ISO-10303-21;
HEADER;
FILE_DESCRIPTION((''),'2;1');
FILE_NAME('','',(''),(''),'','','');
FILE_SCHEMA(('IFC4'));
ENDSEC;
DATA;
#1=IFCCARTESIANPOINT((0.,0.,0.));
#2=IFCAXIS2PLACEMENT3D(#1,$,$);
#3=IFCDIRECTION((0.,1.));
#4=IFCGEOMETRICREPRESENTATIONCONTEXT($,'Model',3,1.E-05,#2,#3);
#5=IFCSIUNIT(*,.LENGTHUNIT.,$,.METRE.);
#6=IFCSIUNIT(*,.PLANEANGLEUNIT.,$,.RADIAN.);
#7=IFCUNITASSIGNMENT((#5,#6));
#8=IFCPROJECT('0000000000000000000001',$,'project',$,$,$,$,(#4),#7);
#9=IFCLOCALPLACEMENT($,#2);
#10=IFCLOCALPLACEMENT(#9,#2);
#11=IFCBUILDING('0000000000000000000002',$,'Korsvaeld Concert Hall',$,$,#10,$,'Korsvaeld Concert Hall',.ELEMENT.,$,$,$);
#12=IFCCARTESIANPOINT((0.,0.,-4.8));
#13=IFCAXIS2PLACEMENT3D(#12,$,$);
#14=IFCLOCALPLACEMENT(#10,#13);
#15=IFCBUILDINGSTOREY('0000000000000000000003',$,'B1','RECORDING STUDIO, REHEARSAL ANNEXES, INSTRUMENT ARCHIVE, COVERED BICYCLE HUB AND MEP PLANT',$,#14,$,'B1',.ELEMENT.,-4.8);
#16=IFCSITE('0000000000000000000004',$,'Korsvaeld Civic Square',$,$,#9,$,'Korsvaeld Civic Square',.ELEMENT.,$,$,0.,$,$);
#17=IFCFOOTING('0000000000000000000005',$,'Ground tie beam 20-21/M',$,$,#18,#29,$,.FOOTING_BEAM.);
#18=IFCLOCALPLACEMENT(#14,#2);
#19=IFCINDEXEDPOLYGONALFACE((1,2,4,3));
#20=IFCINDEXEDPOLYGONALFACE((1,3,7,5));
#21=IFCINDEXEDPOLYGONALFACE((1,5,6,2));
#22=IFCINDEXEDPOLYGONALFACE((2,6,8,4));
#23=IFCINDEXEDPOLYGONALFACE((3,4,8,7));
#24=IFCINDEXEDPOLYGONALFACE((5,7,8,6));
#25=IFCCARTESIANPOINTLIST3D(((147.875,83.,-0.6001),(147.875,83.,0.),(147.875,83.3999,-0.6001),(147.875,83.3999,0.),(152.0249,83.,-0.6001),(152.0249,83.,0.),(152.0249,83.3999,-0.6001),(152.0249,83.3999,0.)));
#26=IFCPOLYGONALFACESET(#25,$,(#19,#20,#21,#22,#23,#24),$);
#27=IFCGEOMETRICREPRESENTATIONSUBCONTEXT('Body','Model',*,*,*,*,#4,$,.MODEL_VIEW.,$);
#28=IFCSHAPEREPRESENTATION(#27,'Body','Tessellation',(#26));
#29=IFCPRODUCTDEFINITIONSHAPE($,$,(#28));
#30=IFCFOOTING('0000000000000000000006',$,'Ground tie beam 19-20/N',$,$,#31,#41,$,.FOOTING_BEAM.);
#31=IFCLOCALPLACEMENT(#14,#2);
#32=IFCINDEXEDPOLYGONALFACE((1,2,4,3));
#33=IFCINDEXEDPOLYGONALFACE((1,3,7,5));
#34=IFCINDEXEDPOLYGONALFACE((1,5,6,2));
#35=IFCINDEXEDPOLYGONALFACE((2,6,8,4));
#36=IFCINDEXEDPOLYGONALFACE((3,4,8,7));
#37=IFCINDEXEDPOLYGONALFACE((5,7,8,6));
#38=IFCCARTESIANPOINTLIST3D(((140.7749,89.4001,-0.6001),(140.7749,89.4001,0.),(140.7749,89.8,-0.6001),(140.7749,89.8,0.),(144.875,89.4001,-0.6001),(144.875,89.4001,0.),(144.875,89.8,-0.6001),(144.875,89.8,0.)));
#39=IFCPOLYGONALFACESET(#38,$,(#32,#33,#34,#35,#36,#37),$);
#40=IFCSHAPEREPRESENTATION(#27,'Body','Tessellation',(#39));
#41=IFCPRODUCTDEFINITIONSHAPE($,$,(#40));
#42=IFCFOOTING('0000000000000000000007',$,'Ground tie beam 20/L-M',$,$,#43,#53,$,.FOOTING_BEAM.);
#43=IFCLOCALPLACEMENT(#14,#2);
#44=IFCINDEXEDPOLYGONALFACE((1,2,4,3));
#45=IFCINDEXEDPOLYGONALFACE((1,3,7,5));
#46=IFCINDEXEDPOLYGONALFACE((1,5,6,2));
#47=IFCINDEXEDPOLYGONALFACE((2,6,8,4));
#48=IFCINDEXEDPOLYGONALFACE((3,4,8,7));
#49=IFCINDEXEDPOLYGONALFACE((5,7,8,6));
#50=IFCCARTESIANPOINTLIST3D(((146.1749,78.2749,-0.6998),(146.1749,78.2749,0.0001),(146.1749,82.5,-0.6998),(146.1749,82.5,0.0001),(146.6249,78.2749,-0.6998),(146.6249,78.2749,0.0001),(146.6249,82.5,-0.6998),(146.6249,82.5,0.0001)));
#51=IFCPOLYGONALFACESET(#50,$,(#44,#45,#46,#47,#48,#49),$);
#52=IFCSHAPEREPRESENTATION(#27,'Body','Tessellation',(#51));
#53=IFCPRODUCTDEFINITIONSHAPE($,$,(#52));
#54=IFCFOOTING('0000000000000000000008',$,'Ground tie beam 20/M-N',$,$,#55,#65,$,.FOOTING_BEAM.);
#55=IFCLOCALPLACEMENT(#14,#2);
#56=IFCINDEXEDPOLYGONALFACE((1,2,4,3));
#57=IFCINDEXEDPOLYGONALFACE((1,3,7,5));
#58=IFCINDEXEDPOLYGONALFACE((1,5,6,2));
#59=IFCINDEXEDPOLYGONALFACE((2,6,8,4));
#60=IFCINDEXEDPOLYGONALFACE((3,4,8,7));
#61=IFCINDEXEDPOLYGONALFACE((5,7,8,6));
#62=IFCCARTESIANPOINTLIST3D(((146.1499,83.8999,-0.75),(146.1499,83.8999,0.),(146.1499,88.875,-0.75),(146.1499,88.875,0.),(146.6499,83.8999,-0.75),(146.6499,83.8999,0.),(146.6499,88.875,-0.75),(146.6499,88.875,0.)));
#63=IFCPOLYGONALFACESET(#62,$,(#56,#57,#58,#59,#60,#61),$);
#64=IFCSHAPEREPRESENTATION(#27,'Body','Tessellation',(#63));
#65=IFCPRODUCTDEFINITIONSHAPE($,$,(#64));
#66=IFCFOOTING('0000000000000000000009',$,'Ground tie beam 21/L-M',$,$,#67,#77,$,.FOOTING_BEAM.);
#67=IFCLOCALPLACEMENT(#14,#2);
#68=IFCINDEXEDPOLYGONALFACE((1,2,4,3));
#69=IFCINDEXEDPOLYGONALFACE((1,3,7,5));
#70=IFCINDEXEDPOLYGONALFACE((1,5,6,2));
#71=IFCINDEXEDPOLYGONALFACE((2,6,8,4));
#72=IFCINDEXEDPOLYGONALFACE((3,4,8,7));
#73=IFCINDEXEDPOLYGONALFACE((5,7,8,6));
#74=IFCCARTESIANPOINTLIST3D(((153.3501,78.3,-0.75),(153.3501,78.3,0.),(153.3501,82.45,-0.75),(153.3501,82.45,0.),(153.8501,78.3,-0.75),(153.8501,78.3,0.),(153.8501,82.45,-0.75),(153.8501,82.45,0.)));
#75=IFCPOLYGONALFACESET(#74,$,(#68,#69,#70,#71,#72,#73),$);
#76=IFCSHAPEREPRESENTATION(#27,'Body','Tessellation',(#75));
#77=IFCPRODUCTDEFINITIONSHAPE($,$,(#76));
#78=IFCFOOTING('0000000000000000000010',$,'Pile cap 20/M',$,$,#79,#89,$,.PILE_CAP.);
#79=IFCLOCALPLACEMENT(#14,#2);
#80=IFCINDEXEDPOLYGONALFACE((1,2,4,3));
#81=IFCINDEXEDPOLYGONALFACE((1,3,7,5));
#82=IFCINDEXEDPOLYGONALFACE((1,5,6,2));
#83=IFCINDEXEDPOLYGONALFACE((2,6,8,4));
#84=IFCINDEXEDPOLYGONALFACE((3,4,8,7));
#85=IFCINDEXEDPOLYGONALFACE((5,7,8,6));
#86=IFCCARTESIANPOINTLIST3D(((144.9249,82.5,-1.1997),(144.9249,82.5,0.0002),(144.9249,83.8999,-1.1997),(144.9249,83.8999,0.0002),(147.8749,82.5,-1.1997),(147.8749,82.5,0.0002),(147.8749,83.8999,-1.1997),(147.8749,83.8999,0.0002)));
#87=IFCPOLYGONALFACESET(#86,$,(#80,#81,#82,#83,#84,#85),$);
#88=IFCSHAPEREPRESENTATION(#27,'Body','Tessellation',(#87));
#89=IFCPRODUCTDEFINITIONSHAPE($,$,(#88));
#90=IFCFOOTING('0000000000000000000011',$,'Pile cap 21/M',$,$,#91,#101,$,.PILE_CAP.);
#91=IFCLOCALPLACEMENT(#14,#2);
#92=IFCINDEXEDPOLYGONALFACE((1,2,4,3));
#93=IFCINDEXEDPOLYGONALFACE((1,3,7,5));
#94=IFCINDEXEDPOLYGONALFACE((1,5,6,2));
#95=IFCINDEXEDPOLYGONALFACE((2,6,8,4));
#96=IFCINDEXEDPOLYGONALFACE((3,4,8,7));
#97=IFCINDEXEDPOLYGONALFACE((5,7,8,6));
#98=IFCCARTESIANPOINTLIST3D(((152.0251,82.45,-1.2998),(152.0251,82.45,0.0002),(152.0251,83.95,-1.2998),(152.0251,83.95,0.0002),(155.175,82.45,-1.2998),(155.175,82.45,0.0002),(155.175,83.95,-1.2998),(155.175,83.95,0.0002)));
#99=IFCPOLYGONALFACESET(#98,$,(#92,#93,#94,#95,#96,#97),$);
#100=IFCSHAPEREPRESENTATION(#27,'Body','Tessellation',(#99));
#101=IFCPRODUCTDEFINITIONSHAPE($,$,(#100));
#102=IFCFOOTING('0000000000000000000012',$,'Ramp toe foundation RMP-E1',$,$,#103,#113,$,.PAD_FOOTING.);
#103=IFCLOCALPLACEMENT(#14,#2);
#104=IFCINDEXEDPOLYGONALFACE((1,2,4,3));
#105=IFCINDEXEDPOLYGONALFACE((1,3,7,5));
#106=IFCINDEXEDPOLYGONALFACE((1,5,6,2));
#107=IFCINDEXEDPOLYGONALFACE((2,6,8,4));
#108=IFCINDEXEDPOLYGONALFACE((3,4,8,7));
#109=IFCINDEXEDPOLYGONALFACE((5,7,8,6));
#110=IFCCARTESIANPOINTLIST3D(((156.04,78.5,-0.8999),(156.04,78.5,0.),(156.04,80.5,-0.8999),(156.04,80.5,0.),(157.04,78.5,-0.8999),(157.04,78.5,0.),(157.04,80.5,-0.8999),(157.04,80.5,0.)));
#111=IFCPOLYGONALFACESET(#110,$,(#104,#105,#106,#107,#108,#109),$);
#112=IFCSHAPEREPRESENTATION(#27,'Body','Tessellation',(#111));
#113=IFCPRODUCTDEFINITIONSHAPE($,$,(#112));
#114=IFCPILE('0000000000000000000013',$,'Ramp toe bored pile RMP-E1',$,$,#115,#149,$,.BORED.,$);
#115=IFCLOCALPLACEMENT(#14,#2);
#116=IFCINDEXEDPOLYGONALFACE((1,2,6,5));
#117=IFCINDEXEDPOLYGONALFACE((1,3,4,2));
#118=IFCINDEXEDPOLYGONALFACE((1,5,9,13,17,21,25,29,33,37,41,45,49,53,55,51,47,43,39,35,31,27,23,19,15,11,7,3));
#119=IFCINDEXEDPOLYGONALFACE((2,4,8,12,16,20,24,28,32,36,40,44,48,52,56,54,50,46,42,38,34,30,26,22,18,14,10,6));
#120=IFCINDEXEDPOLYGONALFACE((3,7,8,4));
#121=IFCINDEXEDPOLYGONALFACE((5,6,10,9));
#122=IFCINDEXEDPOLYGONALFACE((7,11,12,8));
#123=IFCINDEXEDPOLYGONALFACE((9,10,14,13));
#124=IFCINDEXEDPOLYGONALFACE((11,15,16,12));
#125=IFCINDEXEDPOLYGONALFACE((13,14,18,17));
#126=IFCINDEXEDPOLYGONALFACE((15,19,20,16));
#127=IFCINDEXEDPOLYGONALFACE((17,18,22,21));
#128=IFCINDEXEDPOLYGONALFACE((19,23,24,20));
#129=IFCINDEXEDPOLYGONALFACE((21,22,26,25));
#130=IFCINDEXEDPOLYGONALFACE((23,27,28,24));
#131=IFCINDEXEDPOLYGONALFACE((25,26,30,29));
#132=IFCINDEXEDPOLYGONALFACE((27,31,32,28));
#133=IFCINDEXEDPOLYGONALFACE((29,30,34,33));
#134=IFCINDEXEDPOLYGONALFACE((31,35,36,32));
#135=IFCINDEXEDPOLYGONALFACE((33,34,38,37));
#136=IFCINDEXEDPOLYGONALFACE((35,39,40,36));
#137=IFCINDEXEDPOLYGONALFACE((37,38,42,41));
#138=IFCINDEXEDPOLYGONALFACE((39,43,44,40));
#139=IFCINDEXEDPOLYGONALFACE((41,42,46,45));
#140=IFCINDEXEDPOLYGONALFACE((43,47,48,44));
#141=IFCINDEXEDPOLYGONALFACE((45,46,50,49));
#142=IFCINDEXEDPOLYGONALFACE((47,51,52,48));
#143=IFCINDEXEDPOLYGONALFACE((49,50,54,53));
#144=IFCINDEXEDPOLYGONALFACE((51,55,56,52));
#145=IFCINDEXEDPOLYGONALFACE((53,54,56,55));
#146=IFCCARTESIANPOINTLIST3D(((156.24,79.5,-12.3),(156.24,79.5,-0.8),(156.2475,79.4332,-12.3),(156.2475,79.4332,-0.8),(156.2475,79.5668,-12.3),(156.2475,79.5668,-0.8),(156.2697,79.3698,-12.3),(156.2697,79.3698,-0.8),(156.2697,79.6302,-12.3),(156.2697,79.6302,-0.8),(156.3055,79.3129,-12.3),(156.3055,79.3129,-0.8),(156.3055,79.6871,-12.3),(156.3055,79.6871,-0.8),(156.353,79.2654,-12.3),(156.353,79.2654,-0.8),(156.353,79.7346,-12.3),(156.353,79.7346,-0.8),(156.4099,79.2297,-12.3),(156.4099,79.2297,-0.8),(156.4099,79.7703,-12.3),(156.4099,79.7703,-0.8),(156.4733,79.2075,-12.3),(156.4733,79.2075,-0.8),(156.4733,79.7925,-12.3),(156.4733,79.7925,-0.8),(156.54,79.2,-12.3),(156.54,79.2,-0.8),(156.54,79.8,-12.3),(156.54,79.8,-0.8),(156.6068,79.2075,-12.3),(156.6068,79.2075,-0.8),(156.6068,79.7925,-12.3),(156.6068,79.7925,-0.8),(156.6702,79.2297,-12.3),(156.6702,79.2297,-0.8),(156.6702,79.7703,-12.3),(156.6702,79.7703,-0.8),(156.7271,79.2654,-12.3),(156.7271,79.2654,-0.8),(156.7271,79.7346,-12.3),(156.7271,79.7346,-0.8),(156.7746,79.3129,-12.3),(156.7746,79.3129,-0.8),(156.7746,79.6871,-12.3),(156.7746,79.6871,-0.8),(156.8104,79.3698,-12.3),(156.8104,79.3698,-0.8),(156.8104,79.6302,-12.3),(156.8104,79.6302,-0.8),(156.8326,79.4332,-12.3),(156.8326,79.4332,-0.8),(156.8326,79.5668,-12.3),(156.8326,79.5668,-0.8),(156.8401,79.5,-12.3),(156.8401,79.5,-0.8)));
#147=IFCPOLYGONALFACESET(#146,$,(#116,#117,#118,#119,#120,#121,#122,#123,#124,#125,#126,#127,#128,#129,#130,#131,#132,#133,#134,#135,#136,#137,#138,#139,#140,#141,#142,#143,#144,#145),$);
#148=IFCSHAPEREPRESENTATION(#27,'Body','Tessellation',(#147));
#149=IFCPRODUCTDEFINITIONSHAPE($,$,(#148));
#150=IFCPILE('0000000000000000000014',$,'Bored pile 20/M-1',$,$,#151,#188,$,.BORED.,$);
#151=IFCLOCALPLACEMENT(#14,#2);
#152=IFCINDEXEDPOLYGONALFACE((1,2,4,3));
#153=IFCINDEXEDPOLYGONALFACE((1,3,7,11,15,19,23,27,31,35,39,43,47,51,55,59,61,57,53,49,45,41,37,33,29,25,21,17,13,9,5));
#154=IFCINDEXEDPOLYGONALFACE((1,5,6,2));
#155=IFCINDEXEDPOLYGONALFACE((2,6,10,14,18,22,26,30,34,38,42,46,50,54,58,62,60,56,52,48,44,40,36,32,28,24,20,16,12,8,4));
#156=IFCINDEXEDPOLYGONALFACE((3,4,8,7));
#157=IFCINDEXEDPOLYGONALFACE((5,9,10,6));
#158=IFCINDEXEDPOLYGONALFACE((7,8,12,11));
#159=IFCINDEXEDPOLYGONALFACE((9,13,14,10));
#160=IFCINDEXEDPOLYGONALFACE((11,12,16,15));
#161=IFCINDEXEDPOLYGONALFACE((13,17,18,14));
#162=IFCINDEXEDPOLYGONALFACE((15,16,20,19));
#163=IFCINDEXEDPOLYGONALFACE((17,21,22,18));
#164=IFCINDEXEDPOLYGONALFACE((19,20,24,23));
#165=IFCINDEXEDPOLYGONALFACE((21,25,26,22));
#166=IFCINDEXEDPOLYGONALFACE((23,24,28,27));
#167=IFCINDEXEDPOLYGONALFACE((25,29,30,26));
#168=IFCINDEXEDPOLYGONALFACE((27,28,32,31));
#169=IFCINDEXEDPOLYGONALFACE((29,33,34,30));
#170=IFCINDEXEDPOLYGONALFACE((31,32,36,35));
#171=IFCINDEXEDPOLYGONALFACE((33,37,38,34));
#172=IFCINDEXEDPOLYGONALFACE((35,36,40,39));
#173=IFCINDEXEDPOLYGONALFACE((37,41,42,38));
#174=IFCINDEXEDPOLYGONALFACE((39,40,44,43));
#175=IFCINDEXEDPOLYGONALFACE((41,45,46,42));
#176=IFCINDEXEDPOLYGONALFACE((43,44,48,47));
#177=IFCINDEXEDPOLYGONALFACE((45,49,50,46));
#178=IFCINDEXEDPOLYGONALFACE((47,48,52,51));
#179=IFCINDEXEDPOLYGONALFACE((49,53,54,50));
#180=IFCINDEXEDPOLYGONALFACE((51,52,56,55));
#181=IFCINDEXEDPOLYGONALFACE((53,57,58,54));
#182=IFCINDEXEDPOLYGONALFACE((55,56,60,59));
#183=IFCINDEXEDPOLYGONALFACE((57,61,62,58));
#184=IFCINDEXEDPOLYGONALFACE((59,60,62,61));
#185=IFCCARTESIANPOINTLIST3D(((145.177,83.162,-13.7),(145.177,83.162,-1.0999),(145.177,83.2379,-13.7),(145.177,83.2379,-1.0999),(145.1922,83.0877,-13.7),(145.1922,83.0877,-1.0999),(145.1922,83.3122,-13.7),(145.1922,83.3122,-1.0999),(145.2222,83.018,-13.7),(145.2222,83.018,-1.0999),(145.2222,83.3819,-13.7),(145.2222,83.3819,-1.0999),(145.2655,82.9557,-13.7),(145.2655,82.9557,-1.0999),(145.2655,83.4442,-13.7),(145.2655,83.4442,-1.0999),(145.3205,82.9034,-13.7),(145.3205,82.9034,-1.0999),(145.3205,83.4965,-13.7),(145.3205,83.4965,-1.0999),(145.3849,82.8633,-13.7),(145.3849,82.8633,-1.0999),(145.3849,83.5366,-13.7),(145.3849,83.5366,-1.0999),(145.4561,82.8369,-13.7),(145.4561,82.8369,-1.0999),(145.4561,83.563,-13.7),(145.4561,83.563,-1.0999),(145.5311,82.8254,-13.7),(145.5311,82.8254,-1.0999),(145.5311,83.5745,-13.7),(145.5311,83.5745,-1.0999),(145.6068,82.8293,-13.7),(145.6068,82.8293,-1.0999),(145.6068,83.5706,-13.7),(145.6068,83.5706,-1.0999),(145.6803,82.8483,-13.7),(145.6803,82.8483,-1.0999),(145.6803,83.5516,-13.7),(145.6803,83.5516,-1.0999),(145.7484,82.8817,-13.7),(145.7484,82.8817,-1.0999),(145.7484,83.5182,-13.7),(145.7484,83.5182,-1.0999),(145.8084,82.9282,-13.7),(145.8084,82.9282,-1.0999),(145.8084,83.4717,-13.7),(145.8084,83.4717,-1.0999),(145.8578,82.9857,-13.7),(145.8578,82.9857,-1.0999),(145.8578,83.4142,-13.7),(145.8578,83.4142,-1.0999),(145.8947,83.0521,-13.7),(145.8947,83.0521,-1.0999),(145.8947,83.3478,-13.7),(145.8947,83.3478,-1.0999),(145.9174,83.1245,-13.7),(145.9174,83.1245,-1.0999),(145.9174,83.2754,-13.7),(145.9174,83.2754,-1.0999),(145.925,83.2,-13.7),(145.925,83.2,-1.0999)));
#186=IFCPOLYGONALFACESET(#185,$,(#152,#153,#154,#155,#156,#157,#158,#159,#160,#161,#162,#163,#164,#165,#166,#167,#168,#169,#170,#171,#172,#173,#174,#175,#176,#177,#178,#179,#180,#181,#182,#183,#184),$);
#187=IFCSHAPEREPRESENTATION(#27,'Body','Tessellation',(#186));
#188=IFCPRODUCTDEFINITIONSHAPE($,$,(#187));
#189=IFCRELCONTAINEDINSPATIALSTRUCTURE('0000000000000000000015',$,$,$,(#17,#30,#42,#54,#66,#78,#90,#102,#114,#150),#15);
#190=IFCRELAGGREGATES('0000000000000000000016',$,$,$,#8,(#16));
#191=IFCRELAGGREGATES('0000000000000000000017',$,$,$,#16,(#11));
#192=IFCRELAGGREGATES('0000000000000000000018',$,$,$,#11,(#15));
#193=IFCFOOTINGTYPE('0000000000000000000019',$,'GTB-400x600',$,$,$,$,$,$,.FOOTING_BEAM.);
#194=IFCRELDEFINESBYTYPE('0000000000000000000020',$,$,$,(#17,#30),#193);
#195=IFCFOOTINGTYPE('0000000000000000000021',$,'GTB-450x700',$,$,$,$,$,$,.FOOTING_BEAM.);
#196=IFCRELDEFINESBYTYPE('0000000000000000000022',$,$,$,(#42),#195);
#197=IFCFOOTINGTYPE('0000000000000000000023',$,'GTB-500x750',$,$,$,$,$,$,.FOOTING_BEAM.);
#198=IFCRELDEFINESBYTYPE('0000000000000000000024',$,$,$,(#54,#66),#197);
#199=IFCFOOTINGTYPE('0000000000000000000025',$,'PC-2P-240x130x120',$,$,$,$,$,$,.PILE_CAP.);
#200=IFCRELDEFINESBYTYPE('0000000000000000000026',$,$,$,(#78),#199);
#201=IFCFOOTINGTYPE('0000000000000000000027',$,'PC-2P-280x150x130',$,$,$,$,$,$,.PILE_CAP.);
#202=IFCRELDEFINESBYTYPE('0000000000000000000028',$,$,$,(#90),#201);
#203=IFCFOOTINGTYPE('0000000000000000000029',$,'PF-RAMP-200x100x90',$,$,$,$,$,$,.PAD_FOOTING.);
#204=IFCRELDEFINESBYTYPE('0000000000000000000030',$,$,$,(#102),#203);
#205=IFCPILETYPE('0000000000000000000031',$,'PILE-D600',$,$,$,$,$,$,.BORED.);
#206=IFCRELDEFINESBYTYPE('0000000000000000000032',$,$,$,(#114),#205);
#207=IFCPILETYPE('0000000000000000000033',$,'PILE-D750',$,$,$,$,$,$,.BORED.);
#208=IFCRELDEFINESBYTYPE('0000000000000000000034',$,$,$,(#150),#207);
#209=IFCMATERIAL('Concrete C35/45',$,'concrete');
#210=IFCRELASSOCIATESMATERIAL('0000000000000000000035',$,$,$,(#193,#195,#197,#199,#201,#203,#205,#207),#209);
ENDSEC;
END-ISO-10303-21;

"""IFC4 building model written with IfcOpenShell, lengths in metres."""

from ifc_helpers import new_model, si_unit, direction, frame, origin, origin_2d, place, context, subcontext, project, spatial, rectangle, circle, extrude, material, material_profile, profile_set, type_object, element, save


model = new_model("IFC4")

# Units and contexts
model_context = context("Model", 3, precision=1e-05, world=origin(), true_north=direction((0.0, 1.0)))
body_context = subcontext(model_context, "Body", "Model", "MODEL_VIEW")
ifc_project = project(units=[si_unit("LENGTHUNIT", "METRE"), si_unit("PLANEANGLEUNIT", "RADIAN")], contexts=[model_context])

# Site, building, storey
site_placement = place(None, origin())
site = spatial("IfcSite", under=ifc_project, at=site_placement, Name="Korsvaeld Civic Square", LongName="Korsvaeld Civic Square", CompositionType="ELEMENT", RefElevation=0.0)
building_placement = place(site_placement, origin())
building = spatial("IfcBuilding", under=site, at=building_placement, Name="Korsvaeld Concert Hall", LongName="Korsvaeld Concert Hall", CompositionType="ELEMENT")
storey_placement = place(building_placement, frame((0.0, 0.0, -4.8)))
storey = spatial("IfcBuildingStorey", under=building, at=storey_placement, Name="B1", Description="RECORDING STUDIO, REHEARSAL ANNEXES, INSTRUMENT ARCHIVE, COVERED BICYCLE HUB AND MEP PLANT", LongName="B1", CompositionType="ELEMENT", Elevation=-4.8)

# Footings
ifc_material_1 = material(Name="Concrete C35/45", Category="concrete")
ifc_material_profile_1 = material_profile(ifc_material_1, rectangle(XDim=0.3999, YDim=0.6001, at=origin_2d()), Name="GTB 400x600")
ifc_profile_set_1 = profile_set([ifc_material_profile_1], Name="Concrete C35/45")
footing_type_1 = type_object("IfcFootingType", Name="GTB-400x600", PredefinedType="FOOTING_BEAM", material=ifc_profile_set_1)
footing_1_placement = place(storey_placement, frame((147.875, 83.2, -0.3), z_axis=(1.0, 0.0, 0.0), x_axis=(0.0, 1.0, 0.0)))
element("IfcFooting", 1, at=footing_1_placement, inside=storey, type_object=footing_type_1, Name="Ground tie beam 20-21/M", PredefinedType="FOOTING_BEAM", context=body_context, shape_type="SweptSolid", body=[
    extrude(rectangle(XDim=0.3999, YDim=0.6001, at=origin_2d()), origin(), (0.0, 0.0, 1.0), 4.1499),
])
footing_2_placement = place(storey_placement, frame((140.7749, 89.6001, -0.3), z_axis=(1.0, 0.0, 0.0), x_axis=(0.0, 1.0, 0.0)))
element("IfcFooting", 2, at=footing_2_placement, inside=storey, type_object=footing_type_1, Name="Ground tie beam 19-20/N", PredefinedType="FOOTING_BEAM", context=body_context, shape_type="SweptSolid", body=[
    extrude(rectangle(XDim=0.3999, YDim=0.6001, at=origin_2d()), origin(), (0.0, 0.0, 1.0), 4.1001),
])
ifc_material_profile_2 = material_profile(ifc_material_1, rectangle(XDim=0.45, YDim=0.7, at=origin_2d()), Name="GTB 450x700")
ifc_profile_set_2 = profile_set([ifc_material_profile_2], Name="Concrete C35/45")
footing_type_2 = type_object("IfcFootingType", Name="GTB-450x700", PredefinedType="FOOTING_BEAM", material=ifc_profile_set_2)
footing_3_placement = place(storey_placement, frame((146.3999, 78.2749, -0.3499), z_axis=(0.0, 1.0, 0.0), x_axis=(-1.0, 0.0, 0.0)))
element("IfcFooting", 3, at=footing_3_placement, inside=storey, type_object=footing_type_2, Name="Ground tie beam 20/L-M", PredefinedType="FOOTING_BEAM", context=body_context, shape_type="SweptSolid", body=[
    extrude(rectangle(XDim=0.45, YDim=0.7, at=origin_2d()), origin(), (0.0, 0.0, 1.0), 4.2251),
])
ifc_material_profile_3 = material_profile(ifc_material_1, rectangle(XDim=0.5, YDim=0.75, at=origin_2d()), Name="GTB 500x750")
ifc_profile_set_3 = profile_set([ifc_material_profile_3], Name="Concrete C35/45")
footing_type_3 = type_object("IfcFootingType", Name="GTB-500x750", PredefinedType="FOOTING_BEAM", material=ifc_profile_set_3)
footing_4_placement = place(storey_placement, frame((146.3999, 83.8999, -0.375), z_axis=(0.0, 1.0, 0.0), x_axis=(-1.0, 0.0, 0.0)))
element("IfcFooting", 4, at=footing_4_placement, inside=storey, type_object=footing_type_3, Name="Ground tie beam 20/M-N", PredefinedType="FOOTING_BEAM", context=body_context, shape_type="SweptSolid", body=[
    extrude(rectangle(XDim=0.5, YDim=0.75, at=origin_2d()), origin(), (0.0, 0.0, 1.0), 4.9751),
])
footing_5_placement = place(storey_placement, frame((153.6001, 78.3, -0.375), z_axis=(0.0, 1.0, 0.0), x_axis=(-1.0, 0.0, 0.0)))
element("IfcFooting", 5, at=footing_5_placement, inside=storey, type_object=footing_type_3, Name="Ground tie beam 21/L-M", PredefinedType="FOOTING_BEAM", context=body_context, shape_type="SweptSolid", body=[
    extrude(rectangle(XDim=0.5, YDim=0.75, at=origin_2d()), origin(), (0.0, 0.0, 1.0), 4.1499),
])
footing_type_4 = type_object("IfcFootingType", Name="PC-2P-240x130x120", PredefinedType="PILE_CAP", material=ifc_material_1)
footing_6_placement = place(storey_placement, frame((146.3999, 83.2, -1.1997), z_axis=(0.0, 0.0, 1.0), x_axis=(1.0, 0.0, 0.0)))
element("IfcFooting", 6, at=footing_6_placement, inside=storey, type_object=footing_type_4, Name="Pile cap 20/M", PredefinedType="PILE_CAP", context=body_context, shape_type="SweptSolid", body=[
    extrude(rectangle(XDim=2.95, YDim=1.3999, at=origin_2d()), origin(), (0.0, 0.0, 1.0), 1.2),
])
footing_type_5 = type_object("IfcFootingType", Name="PC-2P-280x150x130", PredefinedType="PILE_CAP", material=ifc_material_1)
footing_7_placement = place(storey_placement, frame((153.6001, 83.2, -1.2998), z_axis=(0.0, 0.0, 1.0), x_axis=(1.0, 0.0, 0.0)))
element("IfcFooting", 7, at=footing_7_placement, inside=storey, type_object=footing_type_5, Name="Pile cap 21/M", PredefinedType="PILE_CAP", context=body_context, shape_type="SweptSolid", body=[
    extrude(rectangle(XDim=3.1499, YDim=1.5, at=origin_2d()), origin(), (0.0, 0.0, 1.0), 1.3),
])
footing_type_6 = type_object("IfcFootingType", Name="PF-RAMP-200x100x90", PredefinedType="PAD_FOOTING", material=ifc_material_1)
footing_8_placement = place(storey_placement, frame((156.54, 79.5, -0.8999), z_axis=(0.0, 0.0, 1.0), x_axis=(0.0, 1.0, 0.0)))
element("IfcFooting", 8, at=footing_8_placement, inside=storey, type_object=footing_type_6, Name="Ramp toe foundation RMP-E1", PredefinedType="PAD_FOOTING", context=body_context, shape_type="SweptSolid", body=[
    extrude(rectangle(XDim=2.0, YDim=1.0, at=origin_2d()), origin(), (0.0, 0.0, 1.0), 0.8999),
])

# Piles
ifc_material_profile_4 = material_profile(ifc_material_1, circle(Radius=0.3, at=origin_2d()), Name="BORED PILE D600")
ifc_profile_set_4 = profile_set([ifc_material_profile_4], Name="Concrete C35/45")
pile_type_1 = type_object("IfcPileType", Name="PILE-D600", PredefinedType="BORED", material=ifc_profile_set_4)
pile_1_placement = place(storey_placement, frame((156.54, 79.5, -0.8), z_axis=(0.0, 0.0, -1.0), x_axis=(1.0, 0.0, 0.0)))
element("IfcPile", 9, at=pile_1_placement, inside=storey, type_object=pile_type_1, Name="Ramp toe bored pile RMP-E1", PredefinedType="BORED", context=body_context, shape_type="SweptSolid", body=[
    extrude(circle(Radius=0.3, at=origin_2d()), origin(), (0.0, 0.0, 1.0), 11.5),
])
ifc_material_profile_5 = material_profile(ifc_material_1, circle(Radius=0.375, at=origin_2d()), Name="BORED PILE D750")
ifc_profile_set_5 = profile_set([ifc_material_profile_5], Name="Concrete C35/45")
pile_type_2 = type_object("IfcPileType", Name="PILE-D750", PredefinedType="BORED", material=ifc_profile_set_5)
for number, where, z_axis, x_axis, name in (
    (10, (145.55, 83.2, -1.0999), (0.0, 0.0, -1.0), (1.0, 0.0, 0.0), "Bored pile 20/M-1"),
):
    element("IfcPile", number, at=place(storey_placement, frame(where, z_axis=z_axis, x_axis=x_axis)), inside=storey, type_object=pile_type_2, Name=name, PredefinedType="BORED", context=body_context, shape_type="SweptSolid", body=[
        extrude(circle(Radius=0.375, at=origin_2d()), origin(), (0.0, 0.0, 1.0), 12.6001),
    ])

save(model, "model.ifc")
